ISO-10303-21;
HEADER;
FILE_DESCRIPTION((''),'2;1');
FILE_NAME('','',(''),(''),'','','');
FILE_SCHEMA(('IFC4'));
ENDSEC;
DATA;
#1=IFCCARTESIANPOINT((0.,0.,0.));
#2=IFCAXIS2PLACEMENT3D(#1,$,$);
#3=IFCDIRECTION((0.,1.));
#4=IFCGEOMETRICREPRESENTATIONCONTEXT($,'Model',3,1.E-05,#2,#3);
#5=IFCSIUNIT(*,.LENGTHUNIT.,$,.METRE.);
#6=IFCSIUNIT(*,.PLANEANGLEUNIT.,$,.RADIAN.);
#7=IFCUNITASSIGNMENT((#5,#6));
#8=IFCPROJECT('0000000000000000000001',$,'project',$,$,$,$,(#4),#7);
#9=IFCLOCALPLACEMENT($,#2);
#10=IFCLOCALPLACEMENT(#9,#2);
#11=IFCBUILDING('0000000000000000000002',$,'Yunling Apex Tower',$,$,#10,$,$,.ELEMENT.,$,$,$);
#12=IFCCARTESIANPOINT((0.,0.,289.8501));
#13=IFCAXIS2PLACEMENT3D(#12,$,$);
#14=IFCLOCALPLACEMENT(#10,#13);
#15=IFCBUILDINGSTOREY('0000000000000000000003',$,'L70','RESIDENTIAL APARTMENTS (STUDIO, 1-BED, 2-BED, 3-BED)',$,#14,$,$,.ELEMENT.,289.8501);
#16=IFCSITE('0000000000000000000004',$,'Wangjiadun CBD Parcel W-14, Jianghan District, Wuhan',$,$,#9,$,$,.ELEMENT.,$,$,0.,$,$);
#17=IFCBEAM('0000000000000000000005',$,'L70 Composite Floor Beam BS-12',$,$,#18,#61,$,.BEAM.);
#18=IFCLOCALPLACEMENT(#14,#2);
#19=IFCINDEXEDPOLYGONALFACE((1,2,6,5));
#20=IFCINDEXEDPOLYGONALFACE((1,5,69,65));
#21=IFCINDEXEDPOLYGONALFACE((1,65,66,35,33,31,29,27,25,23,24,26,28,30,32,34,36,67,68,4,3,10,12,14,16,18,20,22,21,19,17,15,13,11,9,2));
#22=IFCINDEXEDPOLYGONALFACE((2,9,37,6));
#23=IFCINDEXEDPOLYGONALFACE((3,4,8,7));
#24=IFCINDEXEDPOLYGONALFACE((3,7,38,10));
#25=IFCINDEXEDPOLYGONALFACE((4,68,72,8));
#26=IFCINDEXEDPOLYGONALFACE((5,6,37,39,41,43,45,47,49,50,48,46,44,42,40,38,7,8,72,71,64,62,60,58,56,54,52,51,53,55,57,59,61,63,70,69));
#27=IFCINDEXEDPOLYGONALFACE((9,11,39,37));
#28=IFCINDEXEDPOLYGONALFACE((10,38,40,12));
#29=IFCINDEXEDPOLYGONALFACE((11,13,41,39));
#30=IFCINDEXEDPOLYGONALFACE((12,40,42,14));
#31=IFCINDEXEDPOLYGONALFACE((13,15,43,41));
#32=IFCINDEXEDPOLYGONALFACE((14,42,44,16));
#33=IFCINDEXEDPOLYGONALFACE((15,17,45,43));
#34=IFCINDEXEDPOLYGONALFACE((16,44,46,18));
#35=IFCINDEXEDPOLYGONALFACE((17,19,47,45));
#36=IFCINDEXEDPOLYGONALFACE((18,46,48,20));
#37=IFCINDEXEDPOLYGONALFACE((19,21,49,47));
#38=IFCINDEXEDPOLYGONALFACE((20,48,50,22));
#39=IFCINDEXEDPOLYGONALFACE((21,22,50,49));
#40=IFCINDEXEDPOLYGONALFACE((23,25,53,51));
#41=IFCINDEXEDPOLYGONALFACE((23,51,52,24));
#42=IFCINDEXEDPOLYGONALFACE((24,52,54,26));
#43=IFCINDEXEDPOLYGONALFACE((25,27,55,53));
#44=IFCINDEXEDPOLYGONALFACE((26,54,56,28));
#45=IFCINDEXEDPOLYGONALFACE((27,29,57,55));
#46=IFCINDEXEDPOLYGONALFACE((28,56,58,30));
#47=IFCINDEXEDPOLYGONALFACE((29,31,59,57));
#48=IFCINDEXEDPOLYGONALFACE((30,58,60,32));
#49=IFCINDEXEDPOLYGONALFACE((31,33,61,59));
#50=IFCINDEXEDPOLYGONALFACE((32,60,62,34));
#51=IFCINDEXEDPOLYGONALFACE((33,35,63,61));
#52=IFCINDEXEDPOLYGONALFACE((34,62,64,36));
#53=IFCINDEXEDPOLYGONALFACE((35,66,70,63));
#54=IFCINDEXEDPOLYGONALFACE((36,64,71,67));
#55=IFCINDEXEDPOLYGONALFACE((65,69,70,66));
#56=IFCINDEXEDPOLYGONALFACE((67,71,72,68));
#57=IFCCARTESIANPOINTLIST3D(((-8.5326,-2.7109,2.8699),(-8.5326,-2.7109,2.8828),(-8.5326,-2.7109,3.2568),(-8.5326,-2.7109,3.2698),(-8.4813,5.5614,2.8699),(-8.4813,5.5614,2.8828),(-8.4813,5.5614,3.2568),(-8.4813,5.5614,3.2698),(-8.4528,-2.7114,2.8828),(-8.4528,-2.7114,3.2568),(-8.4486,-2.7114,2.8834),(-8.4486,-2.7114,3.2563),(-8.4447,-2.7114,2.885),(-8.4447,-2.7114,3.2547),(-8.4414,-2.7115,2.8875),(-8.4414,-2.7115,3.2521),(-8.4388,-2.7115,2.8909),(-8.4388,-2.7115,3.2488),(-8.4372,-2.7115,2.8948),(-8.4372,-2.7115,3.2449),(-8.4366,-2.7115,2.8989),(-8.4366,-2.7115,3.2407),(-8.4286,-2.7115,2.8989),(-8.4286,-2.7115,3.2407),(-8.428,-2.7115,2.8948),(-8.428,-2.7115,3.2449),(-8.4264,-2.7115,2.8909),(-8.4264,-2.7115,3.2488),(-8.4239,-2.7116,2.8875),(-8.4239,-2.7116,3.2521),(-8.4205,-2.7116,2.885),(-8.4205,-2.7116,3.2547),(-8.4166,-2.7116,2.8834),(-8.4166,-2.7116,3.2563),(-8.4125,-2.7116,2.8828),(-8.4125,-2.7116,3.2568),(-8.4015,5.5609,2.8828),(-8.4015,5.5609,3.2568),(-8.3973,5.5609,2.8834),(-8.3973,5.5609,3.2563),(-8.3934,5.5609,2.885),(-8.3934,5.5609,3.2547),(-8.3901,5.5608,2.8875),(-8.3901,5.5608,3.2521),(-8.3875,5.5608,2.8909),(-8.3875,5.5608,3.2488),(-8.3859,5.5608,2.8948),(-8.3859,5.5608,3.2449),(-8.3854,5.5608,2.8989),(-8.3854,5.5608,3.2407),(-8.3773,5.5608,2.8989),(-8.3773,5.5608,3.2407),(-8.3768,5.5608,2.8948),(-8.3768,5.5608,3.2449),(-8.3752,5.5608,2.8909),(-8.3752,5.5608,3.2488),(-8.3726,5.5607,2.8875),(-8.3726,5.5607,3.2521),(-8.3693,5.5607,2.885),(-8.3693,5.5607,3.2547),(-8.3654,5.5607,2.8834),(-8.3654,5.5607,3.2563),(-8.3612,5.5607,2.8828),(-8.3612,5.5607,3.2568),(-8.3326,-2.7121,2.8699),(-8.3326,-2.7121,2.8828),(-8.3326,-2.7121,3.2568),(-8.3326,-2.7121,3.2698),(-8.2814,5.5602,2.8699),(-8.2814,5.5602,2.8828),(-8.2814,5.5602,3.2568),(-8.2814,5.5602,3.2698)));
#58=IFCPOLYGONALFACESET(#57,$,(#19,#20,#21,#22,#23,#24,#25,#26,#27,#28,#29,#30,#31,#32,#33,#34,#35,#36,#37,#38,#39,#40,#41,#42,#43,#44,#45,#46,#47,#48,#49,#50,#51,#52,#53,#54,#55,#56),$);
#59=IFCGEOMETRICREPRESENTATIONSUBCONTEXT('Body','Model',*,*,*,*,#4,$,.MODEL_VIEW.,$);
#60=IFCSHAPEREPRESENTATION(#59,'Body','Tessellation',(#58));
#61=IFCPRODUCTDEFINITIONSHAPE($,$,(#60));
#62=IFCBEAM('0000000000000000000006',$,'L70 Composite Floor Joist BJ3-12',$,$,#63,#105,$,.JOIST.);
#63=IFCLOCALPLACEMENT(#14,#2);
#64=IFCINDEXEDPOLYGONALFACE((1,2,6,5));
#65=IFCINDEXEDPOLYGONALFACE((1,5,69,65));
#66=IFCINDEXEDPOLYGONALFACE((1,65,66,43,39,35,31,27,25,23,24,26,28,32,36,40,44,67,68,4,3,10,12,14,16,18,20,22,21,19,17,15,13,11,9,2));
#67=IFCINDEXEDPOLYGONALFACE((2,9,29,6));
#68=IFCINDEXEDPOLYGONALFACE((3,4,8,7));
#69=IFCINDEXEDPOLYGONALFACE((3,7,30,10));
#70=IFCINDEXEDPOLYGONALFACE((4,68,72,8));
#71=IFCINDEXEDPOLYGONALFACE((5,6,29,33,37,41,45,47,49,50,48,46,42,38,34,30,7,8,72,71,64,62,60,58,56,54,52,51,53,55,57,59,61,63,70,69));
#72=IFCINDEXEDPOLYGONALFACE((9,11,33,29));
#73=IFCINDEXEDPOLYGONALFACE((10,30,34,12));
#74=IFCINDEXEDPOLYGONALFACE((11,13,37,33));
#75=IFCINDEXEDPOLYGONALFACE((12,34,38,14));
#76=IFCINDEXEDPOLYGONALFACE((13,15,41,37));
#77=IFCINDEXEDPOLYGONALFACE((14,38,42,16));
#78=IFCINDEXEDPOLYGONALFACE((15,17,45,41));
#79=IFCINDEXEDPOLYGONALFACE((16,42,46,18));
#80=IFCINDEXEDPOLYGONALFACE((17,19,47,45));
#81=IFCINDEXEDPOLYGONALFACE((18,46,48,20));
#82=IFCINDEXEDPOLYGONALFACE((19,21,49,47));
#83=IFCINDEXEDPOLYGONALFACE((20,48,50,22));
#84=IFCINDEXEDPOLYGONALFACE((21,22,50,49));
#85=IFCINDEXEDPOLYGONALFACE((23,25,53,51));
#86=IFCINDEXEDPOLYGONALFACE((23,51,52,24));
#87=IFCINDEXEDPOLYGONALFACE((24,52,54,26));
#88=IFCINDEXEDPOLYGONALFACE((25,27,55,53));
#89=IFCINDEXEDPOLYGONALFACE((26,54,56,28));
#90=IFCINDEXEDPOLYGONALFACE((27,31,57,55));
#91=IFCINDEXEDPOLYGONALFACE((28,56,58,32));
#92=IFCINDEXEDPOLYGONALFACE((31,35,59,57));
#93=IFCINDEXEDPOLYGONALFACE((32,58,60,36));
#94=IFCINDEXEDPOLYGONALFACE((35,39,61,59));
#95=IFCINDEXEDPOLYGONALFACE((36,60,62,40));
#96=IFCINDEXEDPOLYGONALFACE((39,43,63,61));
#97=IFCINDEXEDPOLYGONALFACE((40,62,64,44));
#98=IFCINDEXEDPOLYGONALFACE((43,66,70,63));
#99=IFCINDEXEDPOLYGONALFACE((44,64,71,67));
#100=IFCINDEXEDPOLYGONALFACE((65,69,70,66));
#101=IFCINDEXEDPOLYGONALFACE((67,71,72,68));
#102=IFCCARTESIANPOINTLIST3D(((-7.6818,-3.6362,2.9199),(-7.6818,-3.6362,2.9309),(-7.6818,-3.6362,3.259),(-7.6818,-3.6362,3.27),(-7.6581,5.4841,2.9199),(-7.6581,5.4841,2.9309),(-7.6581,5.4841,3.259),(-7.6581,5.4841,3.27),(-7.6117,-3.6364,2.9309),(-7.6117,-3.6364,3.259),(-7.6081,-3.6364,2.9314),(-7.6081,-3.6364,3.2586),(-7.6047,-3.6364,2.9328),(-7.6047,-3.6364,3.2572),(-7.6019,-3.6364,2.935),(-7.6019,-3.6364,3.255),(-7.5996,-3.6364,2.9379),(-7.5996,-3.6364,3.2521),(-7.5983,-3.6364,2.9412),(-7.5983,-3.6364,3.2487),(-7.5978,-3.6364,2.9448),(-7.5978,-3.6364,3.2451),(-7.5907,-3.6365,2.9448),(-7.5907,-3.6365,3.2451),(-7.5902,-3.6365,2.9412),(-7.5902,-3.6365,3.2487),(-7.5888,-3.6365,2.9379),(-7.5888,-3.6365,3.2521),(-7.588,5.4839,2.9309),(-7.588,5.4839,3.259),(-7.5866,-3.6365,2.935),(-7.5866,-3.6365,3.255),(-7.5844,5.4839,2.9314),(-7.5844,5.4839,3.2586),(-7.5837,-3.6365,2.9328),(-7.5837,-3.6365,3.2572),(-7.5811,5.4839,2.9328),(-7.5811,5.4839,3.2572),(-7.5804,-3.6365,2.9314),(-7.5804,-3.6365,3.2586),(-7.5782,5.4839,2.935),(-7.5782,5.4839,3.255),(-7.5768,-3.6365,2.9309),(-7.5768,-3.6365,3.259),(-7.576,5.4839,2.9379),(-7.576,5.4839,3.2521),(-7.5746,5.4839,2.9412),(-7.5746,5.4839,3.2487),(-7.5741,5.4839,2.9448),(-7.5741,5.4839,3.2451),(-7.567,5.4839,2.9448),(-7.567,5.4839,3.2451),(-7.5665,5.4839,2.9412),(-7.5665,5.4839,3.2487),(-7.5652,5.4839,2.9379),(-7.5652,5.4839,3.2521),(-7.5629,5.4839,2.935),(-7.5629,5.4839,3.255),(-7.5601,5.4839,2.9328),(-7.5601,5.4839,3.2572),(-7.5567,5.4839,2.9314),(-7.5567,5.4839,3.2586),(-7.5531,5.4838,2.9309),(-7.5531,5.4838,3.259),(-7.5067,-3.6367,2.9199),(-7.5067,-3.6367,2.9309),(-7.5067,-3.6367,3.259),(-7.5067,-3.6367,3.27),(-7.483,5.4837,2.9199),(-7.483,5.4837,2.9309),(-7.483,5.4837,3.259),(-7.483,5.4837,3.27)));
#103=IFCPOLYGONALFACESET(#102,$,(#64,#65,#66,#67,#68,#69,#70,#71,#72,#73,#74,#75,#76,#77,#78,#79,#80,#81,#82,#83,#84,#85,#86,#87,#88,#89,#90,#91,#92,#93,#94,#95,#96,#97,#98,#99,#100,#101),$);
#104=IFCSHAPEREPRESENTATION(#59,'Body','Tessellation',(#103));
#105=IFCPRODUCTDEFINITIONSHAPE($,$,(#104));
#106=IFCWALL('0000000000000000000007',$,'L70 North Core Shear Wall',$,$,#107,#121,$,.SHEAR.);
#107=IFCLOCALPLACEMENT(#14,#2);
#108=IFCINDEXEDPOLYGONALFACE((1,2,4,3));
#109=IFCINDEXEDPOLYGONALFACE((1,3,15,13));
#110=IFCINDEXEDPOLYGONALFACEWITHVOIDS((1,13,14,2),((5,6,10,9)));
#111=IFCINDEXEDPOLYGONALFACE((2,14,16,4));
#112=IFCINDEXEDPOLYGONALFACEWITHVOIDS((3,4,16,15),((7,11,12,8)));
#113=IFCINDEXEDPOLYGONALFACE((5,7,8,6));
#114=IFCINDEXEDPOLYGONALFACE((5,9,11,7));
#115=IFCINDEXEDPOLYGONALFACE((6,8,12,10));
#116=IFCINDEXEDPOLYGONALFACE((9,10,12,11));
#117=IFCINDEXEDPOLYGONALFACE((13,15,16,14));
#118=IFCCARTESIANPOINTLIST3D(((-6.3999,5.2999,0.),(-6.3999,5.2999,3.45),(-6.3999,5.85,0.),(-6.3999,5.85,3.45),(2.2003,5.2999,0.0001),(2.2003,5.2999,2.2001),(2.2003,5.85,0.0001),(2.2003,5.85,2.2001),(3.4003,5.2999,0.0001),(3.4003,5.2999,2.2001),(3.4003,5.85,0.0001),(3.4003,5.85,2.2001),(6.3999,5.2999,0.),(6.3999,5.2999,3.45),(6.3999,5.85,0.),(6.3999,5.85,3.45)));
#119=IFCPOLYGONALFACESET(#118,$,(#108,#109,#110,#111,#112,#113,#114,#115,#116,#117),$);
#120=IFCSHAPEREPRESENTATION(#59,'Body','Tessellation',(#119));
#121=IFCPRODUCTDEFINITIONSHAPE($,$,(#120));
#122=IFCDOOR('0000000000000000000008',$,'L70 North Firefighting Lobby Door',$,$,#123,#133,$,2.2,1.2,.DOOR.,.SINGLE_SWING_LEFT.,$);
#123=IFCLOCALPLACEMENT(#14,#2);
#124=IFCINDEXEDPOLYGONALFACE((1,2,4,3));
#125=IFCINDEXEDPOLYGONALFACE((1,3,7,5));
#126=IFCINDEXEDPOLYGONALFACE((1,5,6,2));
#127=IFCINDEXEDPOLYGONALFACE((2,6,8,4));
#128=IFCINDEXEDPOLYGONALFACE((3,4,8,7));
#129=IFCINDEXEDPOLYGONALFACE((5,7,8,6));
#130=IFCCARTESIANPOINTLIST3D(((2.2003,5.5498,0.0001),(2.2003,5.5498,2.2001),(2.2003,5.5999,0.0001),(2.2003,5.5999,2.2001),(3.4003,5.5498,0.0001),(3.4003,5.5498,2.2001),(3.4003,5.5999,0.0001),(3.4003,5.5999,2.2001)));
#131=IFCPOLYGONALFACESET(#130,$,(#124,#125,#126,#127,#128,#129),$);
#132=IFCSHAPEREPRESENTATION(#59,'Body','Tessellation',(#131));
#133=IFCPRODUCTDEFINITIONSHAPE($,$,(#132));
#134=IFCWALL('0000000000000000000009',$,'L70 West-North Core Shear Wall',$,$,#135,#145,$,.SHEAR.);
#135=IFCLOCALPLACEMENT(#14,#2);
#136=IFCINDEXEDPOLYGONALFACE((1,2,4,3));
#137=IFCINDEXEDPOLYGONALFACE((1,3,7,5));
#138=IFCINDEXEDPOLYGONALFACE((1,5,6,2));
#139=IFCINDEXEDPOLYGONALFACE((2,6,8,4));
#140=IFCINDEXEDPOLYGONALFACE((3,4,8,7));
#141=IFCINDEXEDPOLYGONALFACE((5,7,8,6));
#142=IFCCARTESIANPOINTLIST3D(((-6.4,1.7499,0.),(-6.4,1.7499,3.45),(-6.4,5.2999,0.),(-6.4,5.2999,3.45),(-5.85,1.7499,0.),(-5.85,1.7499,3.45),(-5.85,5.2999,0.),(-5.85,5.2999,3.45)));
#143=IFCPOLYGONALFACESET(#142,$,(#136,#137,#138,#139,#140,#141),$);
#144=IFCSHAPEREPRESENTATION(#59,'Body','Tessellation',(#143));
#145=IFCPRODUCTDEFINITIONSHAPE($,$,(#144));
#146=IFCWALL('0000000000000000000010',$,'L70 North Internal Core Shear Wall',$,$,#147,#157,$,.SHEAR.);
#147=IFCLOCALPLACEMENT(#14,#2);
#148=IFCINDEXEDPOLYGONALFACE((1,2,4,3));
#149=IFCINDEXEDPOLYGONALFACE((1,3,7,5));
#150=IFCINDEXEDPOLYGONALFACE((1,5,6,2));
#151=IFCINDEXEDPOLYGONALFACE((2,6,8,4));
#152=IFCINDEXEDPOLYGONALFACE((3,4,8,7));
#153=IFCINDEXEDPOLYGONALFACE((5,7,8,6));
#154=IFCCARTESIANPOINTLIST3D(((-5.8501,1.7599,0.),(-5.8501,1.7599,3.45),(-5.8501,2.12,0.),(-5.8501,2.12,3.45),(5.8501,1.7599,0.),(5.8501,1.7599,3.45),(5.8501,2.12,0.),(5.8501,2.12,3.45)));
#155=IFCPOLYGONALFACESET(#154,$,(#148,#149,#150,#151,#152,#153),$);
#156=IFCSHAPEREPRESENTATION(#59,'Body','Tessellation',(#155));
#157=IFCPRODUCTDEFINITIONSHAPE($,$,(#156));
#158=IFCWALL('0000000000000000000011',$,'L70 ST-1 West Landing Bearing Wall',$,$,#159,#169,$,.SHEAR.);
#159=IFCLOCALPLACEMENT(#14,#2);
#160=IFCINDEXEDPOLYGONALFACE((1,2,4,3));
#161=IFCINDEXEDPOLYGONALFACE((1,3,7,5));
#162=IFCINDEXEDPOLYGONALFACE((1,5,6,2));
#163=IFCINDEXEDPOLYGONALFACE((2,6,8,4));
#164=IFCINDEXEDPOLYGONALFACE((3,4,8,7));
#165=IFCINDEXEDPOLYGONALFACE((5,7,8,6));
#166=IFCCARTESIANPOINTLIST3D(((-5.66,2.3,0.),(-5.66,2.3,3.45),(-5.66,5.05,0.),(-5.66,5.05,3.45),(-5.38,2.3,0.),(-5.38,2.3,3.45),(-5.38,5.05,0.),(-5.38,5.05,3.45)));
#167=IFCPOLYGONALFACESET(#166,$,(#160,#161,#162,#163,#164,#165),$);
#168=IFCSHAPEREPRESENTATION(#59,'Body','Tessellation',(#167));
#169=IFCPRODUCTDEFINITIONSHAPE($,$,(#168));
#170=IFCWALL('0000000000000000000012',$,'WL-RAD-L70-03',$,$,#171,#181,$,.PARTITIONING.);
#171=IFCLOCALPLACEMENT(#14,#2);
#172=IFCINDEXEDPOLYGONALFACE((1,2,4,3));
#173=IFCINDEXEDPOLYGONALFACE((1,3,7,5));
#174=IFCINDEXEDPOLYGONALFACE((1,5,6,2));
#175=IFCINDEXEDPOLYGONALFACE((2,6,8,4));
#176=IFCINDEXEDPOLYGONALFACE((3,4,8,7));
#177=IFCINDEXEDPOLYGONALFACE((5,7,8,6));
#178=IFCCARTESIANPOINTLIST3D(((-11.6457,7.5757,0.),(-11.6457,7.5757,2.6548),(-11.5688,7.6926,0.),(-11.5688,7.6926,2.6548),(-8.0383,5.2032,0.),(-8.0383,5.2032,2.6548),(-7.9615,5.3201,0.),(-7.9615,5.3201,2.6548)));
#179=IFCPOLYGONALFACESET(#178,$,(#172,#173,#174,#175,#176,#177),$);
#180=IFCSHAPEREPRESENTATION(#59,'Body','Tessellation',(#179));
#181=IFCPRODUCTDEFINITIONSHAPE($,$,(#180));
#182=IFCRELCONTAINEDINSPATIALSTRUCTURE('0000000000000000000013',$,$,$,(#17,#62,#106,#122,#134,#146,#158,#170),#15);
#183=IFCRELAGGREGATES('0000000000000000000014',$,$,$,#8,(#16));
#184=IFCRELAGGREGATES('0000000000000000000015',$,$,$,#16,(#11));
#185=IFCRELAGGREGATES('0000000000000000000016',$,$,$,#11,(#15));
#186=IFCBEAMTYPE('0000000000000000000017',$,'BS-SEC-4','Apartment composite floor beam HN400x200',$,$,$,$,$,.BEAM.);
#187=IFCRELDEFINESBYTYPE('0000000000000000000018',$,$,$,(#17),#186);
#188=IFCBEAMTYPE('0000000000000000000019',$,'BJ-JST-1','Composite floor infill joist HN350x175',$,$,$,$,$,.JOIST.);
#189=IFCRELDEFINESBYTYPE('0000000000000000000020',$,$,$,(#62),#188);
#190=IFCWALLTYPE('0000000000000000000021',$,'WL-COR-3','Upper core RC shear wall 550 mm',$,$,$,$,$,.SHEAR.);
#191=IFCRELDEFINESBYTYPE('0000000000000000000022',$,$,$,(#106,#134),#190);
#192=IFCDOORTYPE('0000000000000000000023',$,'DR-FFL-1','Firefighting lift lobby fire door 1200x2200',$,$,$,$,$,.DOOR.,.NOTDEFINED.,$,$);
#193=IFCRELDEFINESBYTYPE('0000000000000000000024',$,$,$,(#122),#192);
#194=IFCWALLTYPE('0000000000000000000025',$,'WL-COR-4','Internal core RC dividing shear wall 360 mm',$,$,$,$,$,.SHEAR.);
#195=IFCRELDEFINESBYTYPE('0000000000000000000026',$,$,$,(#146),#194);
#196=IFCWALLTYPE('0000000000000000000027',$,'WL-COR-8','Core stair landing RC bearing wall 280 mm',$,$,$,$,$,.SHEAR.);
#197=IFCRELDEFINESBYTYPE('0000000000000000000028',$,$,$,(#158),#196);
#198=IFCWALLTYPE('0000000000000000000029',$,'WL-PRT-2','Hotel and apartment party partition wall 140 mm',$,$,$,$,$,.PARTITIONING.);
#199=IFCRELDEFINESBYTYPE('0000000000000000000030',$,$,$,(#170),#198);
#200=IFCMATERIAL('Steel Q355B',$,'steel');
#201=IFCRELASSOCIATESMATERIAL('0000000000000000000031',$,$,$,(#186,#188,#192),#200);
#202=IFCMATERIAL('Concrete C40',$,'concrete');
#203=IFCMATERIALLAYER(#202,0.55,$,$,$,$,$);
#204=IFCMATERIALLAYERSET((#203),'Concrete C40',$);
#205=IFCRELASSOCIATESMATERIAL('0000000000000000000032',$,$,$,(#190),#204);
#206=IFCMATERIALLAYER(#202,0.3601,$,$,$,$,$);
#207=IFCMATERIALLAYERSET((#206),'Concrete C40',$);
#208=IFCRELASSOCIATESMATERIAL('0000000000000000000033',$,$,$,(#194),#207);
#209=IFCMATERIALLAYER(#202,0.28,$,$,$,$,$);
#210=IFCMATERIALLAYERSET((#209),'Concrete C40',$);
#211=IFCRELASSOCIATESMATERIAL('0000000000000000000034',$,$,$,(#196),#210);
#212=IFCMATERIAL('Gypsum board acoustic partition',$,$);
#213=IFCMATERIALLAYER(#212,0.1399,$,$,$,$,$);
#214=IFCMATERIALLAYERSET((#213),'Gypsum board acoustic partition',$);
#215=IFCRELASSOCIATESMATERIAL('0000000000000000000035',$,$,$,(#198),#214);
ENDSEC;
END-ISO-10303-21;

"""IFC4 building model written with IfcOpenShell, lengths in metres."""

from ifc_helpers import new_model, si_unit, direction, frame, frame_2d, origin, origin_2d, place, context, subcontext, project, spatial, rectangle, i_section, extrude, source, transform, mapped, material, layer, layer_set, material_profile, profile_set, type_object, element, fill, save


model = new_model("IFC4")

# Units and contexts
model_context = context("Model", 3, precision=1e-05, world=origin(), true_north=direction((0.0, 1.0)))
body_context = subcontext(model_context, "Body", "Model", "MODEL_VIEW")
ifc_project = project(units=[si_unit("LENGTHUNIT", "METRE"), si_unit("PLANEANGLEUNIT", "RADIAN")], contexts=[model_context])

# Site, building, storey
site_placement = place(None, origin())
site = spatial("IfcSite", under=ifc_project, at=site_placement, Name="Wangjiadun CBD Parcel W-14, Jianghan District, Wuhan", CompositionType="ELEMENT", RefElevation=0.0)
building_placement = place(site_placement, origin())
building = spatial("IfcBuilding", under=site, at=building_placement, Name="Yunling Apex Tower", CompositionType="ELEMENT")
storey_placement = place(building_placement, frame((0.0, 0.0, 289.8501)))
storey = spatial("IfcBuildingStorey", under=building, at=storey_placement, Name="L70", Description="RESIDENTIAL APARTMENTS (STUDIO, 1-BED, 2-BED, 3-BED)", CompositionType="ELEMENT", Elevation=289.8501)

# Beams
ifc_material_1 = material(Name="Steel Q355B", Category="steel")
ifc_material_profile_1 = material_profile(ifc_material_1, i_section(OverallWidth=0.2, OverallDepth=0.3999, WebThickness=0.0081, FlangeThickness=0.0129, FilletRadius=0.0161, at=origin_2d()))
ifc_profile_set_1 = profile_set([ifc_material_profile_1], Name="Steel Q355B")
beam_type_1 = type_object("IfcBeamType", Name="BS-SEC-4", Description="Apartment composite floor beam HN400x200", PredefinedType="BEAM", material=ifc_profile_set_1)
shared_shape_1 = source(origin(), body_context, "Body", "SweptSolid", [
    extrude(i_section(OverallWidth=0.2, OverallDepth=0.3999, WebThickness=0.0081, FlangeThickness=0.0129, FilletRadius=0.0161, at=origin_2d()), origin(), (0.0, 0.0, 1.0), 8.2725),
])
beam_1_placement = place(storey_placement, frame((-8.3813, 5.5608, 3.0698), z_axis=(-0.006198, -0.999981, 0.0), x_axis=(0.999981, -0.006198, 0.0)))
element("IfcBeam", 1, at=beam_1_placement, inside=storey, type_object=beam_type_1, Name="L70 Composite Floor Beam BS-12", PredefinedType="BEAM", context=body_context, shape_type="MappedRepresentation", body=[
    mapped(shared_shape_1, transform((0.0, 0.0, 0.0), scale=1.0)),
])
ifc_material_profile_2 = material_profile(ifc_material_1, i_section(OverallWidth=0.175, OverallDepth=0.3501, WebThickness=0.0071, FlangeThickness=0.011, FilletRadius=0.0139, at=origin_2d()))
ifc_profile_set_2 = profile_set([ifc_material_profile_2], Name="Steel Q355B")
beam_type_2 = type_object("IfcBeamType", Name="BJ-JST-1", Description="Composite floor infill joist HN350x175", PredefinedType="JOIST", material=ifc_profile_set_2)
shared_shape_2 = source(origin(), body_context, "Body", "SweptSolid", [
    extrude(i_section(OverallWidth=0.175, OverallDepth=0.3501, WebThickness=0.0071, FlangeThickness=0.011, FilletRadius=0.0139, at=origin_2d()), origin(), (0.0, 0.0, 1.0), 9.1204),
])
beam_2_placement = place(storey_placement, frame((-7.5706, 5.4839, 3.095), z_axis=(-0.002597, -0.999997, 0.0), x_axis=(0.999997, -0.002597, 0.0)))
element("IfcBeam", 2, at=beam_2_placement, inside=storey, type_object=beam_type_2, Name="L70 Composite Floor Joist BJ3-12", PredefinedType="JOIST", context=body_context, shape_type="MappedRepresentation", body=[
    mapped(shared_shape_2, transform((0.0, 0.0, 0.0), scale=1.0)),
])

# Wall, opening, door
ifc_material_2 = material(Name="Concrete C40", Category="concrete")
ifc_layer_1 = layer(ifc_material_2, 0.55)
ifc_layer_set_1 = layer_set([ifc_layer_1], Name="Concrete C40")
wall_type_1 = type_object("IfcWallType", Name="WL-COR-3", Description="Upper core RC shear wall 550 mm", PredefinedType="SHEAR", material=ifc_layer_set_1)
wall_1_placement = place(storey_placement, frame((-6.3999, 5.575, 0.0), z_axis=(0.0, 0.0, 1.0), x_axis=(1.0, 0.0, 0.0)))
wall_1 = element("IfcWall", 3, at=wall_1_placement, inside=storey, type_object=wall_type_1, Name="L70 North Core Shear Wall", PredefinedType="SHEAR", context=body_context, shape_type="SweptSolid", body=[
    extrude(rectangle(XDim=12.7998, YDim=0.55, at=frame_2d((6.3999, 0.0))), origin(), (0.0, 0.0, 1.0), 3.45),
])
opening_1_placement = place(wall_1_placement, frame((8.6001, 0.0, 0.0)))
opening_1 = element("IfcOpeningElement", 4, at=opening_1_placement, cuts=wall_1, PredefinedType="OPENING", context=body_context, shape_type="SweptSolid", body=[
    extrude(rectangle(XDim=1.2, YDim=2.2, at=frame_2d((0.6001, 1.1001))), frame((0.0, 0.2852, 0.0), z_axis=(0.0, -1.0, 0.0), x_axis=(1.0, 0.0, 0.0)), (0.0, 0.0, 1.0), 0.5701),
])
door_type_1 = type_object("IfcDoorType", Name="DR-FFL-1", Description="Firefighting lift lobby fire door 1200x2200", OperationType="NOTDEFINED", PredefinedType="DOOR", material=ifc_material_1)
door_1_placement = place(opening_1_placement, origin())
door_1 = element("IfcDoor", 5, at=door_1_placement, inside=storey, type_object=door_type_1, Name="L70 North Firefighting Lobby Door", OperationType="SINGLE_SWING_LEFT", OverallHeight=2.2, OverallWidth=1.2, PredefinedType="DOOR", context=body_context, shape_type="SweptSolid", body=[
    extrude(rectangle(XDim=1.2, YDim=2.2, at=frame_2d((0.6001, 1.1001))), frame((0.0, 0.0249, 0.0), z_axis=(0.0, -1.0, 0.0), x_axis=(1.0, 0.0, 0.0)), (0.0, 0.0, 1.0), 0.05),
])
fill(opening_1, door_1)

# Walls
wall_2_placement = place(storey_placement, frame((-6.125, 1.75, 0.0), z_axis=(0.0, 0.0, 1.0), x_axis=(0.0, 1.0, 0.0)))
element("IfcWall", 6, at=wall_2_placement, inside=storey, type_object=wall_type_1, Name="L70 West-North Core Shear Wall", PredefinedType="SHEAR", context=body_context, shape_type="SweptSolid", body=[
    extrude(rectangle(XDim=3.55, YDim=0.55, at=frame_2d((1.7749, 0.0))), origin(), (0.0, 0.0, 1.0), 3.45),
])
ifc_layer_2 = layer(ifc_material_2, 0.3601)
ifc_layer_set_2 = layer_set([ifc_layer_2], Name="Concrete C40")
wall_type_2 = type_object("IfcWallType", Name="WL-COR-4", Description="Internal core RC dividing shear wall 360 mm", PredefinedType="SHEAR", material=ifc_layer_set_2)
wall_3_placement = place(storey_placement, frame((-5.8501, 1.9399, 0.0), z_axis=(0.0, 0.0, 1.0), x_axis=(1.0, 0.0, 0.0)))
element("IfcWall", 7, at=wall_3_placement, inside=storey, type_object=wall_type_2, Name="L70 North Internal Core Shear Wall", PredefinedType="SHEAR", context=body_context, shape_type="SweptSolid", body=[
    extrude(rectangle(XDim=11.7002, YDim=0.3601, at=frame_2d((5.8501, 0.0))), origin(), (0.0, 0.0, 1.0), 3.45),
])
ifc_layer_3 = layer(ifc_material_2, 0.28)
ifc_layer_set_3 = layer_set([ifc_layer_3], Name="Concrete C40")
wall_type_3 = type_object("IfcWallType", Name="WL-COR-8", Description="Core stair landing RC bearing wall 280 mm", PredefinedType="SHEAR", material=ifc_layer_set_3)
wall_4_placement = place(storey_placement, frame((-5.52, 2.3, 0.0), z_axis=(0.0, 0.0, 1.0), x_axis=(0.0, 1.0, 0.0)))
element("IfcWall", 8, at=wall_4_placement, inside=storey, type_object=wall_type_3, Name="L70 ST-1 West Landing Bearing Wall", PredefinedType="SHEAR", context=body_context, shape_type="SweptSolid", body=[
    extrude(rectangle(XDim=2.75, YDim=0.28, at=frame_2d((1.375, 0.0))), origin(), (0.0, 0.0, 1.0), 3.45),
])
ifc_material_3 = material(Name="Gypsum board acoustic partition")
ifc_layer_4 = layer(ifc_material_3, 0.1399)
ifc_layer_set_4 = layer_set([ifc_layer_4], Name="Gypsum board acoustic partition")
wall_type_4 = type_object("IfcWallType", Name="WL-PRT-2", Description="Hotel and apartment party partition wall 140 mm", PredefinedType="PARTITIONING", material=ifc_layer_set_4)
wall_5_placement = place(storey_placement, frame((-8.0, 5.2617, 0.0), z_axis=(0.0, 0.0, 1.0), x_axis=(-0.835496, 0.549496, 0.0)))
element("IfcWall", 9, at=wall_5_placement, inside=storey, type_object=wall_type_4, Name="WL-RAD-L70-03", PredefinedType="PARTITIONING", context=body_context, shape_type="SweptSolid", body=[
    extrude(rectangle(XDim=4.3176, YDim=0.1399, at=frame_2d((2.1587, 0.0))), origin(), (0.0, 0.0, 1.0), 2.6548),
])

save(model, "model.ifc")
